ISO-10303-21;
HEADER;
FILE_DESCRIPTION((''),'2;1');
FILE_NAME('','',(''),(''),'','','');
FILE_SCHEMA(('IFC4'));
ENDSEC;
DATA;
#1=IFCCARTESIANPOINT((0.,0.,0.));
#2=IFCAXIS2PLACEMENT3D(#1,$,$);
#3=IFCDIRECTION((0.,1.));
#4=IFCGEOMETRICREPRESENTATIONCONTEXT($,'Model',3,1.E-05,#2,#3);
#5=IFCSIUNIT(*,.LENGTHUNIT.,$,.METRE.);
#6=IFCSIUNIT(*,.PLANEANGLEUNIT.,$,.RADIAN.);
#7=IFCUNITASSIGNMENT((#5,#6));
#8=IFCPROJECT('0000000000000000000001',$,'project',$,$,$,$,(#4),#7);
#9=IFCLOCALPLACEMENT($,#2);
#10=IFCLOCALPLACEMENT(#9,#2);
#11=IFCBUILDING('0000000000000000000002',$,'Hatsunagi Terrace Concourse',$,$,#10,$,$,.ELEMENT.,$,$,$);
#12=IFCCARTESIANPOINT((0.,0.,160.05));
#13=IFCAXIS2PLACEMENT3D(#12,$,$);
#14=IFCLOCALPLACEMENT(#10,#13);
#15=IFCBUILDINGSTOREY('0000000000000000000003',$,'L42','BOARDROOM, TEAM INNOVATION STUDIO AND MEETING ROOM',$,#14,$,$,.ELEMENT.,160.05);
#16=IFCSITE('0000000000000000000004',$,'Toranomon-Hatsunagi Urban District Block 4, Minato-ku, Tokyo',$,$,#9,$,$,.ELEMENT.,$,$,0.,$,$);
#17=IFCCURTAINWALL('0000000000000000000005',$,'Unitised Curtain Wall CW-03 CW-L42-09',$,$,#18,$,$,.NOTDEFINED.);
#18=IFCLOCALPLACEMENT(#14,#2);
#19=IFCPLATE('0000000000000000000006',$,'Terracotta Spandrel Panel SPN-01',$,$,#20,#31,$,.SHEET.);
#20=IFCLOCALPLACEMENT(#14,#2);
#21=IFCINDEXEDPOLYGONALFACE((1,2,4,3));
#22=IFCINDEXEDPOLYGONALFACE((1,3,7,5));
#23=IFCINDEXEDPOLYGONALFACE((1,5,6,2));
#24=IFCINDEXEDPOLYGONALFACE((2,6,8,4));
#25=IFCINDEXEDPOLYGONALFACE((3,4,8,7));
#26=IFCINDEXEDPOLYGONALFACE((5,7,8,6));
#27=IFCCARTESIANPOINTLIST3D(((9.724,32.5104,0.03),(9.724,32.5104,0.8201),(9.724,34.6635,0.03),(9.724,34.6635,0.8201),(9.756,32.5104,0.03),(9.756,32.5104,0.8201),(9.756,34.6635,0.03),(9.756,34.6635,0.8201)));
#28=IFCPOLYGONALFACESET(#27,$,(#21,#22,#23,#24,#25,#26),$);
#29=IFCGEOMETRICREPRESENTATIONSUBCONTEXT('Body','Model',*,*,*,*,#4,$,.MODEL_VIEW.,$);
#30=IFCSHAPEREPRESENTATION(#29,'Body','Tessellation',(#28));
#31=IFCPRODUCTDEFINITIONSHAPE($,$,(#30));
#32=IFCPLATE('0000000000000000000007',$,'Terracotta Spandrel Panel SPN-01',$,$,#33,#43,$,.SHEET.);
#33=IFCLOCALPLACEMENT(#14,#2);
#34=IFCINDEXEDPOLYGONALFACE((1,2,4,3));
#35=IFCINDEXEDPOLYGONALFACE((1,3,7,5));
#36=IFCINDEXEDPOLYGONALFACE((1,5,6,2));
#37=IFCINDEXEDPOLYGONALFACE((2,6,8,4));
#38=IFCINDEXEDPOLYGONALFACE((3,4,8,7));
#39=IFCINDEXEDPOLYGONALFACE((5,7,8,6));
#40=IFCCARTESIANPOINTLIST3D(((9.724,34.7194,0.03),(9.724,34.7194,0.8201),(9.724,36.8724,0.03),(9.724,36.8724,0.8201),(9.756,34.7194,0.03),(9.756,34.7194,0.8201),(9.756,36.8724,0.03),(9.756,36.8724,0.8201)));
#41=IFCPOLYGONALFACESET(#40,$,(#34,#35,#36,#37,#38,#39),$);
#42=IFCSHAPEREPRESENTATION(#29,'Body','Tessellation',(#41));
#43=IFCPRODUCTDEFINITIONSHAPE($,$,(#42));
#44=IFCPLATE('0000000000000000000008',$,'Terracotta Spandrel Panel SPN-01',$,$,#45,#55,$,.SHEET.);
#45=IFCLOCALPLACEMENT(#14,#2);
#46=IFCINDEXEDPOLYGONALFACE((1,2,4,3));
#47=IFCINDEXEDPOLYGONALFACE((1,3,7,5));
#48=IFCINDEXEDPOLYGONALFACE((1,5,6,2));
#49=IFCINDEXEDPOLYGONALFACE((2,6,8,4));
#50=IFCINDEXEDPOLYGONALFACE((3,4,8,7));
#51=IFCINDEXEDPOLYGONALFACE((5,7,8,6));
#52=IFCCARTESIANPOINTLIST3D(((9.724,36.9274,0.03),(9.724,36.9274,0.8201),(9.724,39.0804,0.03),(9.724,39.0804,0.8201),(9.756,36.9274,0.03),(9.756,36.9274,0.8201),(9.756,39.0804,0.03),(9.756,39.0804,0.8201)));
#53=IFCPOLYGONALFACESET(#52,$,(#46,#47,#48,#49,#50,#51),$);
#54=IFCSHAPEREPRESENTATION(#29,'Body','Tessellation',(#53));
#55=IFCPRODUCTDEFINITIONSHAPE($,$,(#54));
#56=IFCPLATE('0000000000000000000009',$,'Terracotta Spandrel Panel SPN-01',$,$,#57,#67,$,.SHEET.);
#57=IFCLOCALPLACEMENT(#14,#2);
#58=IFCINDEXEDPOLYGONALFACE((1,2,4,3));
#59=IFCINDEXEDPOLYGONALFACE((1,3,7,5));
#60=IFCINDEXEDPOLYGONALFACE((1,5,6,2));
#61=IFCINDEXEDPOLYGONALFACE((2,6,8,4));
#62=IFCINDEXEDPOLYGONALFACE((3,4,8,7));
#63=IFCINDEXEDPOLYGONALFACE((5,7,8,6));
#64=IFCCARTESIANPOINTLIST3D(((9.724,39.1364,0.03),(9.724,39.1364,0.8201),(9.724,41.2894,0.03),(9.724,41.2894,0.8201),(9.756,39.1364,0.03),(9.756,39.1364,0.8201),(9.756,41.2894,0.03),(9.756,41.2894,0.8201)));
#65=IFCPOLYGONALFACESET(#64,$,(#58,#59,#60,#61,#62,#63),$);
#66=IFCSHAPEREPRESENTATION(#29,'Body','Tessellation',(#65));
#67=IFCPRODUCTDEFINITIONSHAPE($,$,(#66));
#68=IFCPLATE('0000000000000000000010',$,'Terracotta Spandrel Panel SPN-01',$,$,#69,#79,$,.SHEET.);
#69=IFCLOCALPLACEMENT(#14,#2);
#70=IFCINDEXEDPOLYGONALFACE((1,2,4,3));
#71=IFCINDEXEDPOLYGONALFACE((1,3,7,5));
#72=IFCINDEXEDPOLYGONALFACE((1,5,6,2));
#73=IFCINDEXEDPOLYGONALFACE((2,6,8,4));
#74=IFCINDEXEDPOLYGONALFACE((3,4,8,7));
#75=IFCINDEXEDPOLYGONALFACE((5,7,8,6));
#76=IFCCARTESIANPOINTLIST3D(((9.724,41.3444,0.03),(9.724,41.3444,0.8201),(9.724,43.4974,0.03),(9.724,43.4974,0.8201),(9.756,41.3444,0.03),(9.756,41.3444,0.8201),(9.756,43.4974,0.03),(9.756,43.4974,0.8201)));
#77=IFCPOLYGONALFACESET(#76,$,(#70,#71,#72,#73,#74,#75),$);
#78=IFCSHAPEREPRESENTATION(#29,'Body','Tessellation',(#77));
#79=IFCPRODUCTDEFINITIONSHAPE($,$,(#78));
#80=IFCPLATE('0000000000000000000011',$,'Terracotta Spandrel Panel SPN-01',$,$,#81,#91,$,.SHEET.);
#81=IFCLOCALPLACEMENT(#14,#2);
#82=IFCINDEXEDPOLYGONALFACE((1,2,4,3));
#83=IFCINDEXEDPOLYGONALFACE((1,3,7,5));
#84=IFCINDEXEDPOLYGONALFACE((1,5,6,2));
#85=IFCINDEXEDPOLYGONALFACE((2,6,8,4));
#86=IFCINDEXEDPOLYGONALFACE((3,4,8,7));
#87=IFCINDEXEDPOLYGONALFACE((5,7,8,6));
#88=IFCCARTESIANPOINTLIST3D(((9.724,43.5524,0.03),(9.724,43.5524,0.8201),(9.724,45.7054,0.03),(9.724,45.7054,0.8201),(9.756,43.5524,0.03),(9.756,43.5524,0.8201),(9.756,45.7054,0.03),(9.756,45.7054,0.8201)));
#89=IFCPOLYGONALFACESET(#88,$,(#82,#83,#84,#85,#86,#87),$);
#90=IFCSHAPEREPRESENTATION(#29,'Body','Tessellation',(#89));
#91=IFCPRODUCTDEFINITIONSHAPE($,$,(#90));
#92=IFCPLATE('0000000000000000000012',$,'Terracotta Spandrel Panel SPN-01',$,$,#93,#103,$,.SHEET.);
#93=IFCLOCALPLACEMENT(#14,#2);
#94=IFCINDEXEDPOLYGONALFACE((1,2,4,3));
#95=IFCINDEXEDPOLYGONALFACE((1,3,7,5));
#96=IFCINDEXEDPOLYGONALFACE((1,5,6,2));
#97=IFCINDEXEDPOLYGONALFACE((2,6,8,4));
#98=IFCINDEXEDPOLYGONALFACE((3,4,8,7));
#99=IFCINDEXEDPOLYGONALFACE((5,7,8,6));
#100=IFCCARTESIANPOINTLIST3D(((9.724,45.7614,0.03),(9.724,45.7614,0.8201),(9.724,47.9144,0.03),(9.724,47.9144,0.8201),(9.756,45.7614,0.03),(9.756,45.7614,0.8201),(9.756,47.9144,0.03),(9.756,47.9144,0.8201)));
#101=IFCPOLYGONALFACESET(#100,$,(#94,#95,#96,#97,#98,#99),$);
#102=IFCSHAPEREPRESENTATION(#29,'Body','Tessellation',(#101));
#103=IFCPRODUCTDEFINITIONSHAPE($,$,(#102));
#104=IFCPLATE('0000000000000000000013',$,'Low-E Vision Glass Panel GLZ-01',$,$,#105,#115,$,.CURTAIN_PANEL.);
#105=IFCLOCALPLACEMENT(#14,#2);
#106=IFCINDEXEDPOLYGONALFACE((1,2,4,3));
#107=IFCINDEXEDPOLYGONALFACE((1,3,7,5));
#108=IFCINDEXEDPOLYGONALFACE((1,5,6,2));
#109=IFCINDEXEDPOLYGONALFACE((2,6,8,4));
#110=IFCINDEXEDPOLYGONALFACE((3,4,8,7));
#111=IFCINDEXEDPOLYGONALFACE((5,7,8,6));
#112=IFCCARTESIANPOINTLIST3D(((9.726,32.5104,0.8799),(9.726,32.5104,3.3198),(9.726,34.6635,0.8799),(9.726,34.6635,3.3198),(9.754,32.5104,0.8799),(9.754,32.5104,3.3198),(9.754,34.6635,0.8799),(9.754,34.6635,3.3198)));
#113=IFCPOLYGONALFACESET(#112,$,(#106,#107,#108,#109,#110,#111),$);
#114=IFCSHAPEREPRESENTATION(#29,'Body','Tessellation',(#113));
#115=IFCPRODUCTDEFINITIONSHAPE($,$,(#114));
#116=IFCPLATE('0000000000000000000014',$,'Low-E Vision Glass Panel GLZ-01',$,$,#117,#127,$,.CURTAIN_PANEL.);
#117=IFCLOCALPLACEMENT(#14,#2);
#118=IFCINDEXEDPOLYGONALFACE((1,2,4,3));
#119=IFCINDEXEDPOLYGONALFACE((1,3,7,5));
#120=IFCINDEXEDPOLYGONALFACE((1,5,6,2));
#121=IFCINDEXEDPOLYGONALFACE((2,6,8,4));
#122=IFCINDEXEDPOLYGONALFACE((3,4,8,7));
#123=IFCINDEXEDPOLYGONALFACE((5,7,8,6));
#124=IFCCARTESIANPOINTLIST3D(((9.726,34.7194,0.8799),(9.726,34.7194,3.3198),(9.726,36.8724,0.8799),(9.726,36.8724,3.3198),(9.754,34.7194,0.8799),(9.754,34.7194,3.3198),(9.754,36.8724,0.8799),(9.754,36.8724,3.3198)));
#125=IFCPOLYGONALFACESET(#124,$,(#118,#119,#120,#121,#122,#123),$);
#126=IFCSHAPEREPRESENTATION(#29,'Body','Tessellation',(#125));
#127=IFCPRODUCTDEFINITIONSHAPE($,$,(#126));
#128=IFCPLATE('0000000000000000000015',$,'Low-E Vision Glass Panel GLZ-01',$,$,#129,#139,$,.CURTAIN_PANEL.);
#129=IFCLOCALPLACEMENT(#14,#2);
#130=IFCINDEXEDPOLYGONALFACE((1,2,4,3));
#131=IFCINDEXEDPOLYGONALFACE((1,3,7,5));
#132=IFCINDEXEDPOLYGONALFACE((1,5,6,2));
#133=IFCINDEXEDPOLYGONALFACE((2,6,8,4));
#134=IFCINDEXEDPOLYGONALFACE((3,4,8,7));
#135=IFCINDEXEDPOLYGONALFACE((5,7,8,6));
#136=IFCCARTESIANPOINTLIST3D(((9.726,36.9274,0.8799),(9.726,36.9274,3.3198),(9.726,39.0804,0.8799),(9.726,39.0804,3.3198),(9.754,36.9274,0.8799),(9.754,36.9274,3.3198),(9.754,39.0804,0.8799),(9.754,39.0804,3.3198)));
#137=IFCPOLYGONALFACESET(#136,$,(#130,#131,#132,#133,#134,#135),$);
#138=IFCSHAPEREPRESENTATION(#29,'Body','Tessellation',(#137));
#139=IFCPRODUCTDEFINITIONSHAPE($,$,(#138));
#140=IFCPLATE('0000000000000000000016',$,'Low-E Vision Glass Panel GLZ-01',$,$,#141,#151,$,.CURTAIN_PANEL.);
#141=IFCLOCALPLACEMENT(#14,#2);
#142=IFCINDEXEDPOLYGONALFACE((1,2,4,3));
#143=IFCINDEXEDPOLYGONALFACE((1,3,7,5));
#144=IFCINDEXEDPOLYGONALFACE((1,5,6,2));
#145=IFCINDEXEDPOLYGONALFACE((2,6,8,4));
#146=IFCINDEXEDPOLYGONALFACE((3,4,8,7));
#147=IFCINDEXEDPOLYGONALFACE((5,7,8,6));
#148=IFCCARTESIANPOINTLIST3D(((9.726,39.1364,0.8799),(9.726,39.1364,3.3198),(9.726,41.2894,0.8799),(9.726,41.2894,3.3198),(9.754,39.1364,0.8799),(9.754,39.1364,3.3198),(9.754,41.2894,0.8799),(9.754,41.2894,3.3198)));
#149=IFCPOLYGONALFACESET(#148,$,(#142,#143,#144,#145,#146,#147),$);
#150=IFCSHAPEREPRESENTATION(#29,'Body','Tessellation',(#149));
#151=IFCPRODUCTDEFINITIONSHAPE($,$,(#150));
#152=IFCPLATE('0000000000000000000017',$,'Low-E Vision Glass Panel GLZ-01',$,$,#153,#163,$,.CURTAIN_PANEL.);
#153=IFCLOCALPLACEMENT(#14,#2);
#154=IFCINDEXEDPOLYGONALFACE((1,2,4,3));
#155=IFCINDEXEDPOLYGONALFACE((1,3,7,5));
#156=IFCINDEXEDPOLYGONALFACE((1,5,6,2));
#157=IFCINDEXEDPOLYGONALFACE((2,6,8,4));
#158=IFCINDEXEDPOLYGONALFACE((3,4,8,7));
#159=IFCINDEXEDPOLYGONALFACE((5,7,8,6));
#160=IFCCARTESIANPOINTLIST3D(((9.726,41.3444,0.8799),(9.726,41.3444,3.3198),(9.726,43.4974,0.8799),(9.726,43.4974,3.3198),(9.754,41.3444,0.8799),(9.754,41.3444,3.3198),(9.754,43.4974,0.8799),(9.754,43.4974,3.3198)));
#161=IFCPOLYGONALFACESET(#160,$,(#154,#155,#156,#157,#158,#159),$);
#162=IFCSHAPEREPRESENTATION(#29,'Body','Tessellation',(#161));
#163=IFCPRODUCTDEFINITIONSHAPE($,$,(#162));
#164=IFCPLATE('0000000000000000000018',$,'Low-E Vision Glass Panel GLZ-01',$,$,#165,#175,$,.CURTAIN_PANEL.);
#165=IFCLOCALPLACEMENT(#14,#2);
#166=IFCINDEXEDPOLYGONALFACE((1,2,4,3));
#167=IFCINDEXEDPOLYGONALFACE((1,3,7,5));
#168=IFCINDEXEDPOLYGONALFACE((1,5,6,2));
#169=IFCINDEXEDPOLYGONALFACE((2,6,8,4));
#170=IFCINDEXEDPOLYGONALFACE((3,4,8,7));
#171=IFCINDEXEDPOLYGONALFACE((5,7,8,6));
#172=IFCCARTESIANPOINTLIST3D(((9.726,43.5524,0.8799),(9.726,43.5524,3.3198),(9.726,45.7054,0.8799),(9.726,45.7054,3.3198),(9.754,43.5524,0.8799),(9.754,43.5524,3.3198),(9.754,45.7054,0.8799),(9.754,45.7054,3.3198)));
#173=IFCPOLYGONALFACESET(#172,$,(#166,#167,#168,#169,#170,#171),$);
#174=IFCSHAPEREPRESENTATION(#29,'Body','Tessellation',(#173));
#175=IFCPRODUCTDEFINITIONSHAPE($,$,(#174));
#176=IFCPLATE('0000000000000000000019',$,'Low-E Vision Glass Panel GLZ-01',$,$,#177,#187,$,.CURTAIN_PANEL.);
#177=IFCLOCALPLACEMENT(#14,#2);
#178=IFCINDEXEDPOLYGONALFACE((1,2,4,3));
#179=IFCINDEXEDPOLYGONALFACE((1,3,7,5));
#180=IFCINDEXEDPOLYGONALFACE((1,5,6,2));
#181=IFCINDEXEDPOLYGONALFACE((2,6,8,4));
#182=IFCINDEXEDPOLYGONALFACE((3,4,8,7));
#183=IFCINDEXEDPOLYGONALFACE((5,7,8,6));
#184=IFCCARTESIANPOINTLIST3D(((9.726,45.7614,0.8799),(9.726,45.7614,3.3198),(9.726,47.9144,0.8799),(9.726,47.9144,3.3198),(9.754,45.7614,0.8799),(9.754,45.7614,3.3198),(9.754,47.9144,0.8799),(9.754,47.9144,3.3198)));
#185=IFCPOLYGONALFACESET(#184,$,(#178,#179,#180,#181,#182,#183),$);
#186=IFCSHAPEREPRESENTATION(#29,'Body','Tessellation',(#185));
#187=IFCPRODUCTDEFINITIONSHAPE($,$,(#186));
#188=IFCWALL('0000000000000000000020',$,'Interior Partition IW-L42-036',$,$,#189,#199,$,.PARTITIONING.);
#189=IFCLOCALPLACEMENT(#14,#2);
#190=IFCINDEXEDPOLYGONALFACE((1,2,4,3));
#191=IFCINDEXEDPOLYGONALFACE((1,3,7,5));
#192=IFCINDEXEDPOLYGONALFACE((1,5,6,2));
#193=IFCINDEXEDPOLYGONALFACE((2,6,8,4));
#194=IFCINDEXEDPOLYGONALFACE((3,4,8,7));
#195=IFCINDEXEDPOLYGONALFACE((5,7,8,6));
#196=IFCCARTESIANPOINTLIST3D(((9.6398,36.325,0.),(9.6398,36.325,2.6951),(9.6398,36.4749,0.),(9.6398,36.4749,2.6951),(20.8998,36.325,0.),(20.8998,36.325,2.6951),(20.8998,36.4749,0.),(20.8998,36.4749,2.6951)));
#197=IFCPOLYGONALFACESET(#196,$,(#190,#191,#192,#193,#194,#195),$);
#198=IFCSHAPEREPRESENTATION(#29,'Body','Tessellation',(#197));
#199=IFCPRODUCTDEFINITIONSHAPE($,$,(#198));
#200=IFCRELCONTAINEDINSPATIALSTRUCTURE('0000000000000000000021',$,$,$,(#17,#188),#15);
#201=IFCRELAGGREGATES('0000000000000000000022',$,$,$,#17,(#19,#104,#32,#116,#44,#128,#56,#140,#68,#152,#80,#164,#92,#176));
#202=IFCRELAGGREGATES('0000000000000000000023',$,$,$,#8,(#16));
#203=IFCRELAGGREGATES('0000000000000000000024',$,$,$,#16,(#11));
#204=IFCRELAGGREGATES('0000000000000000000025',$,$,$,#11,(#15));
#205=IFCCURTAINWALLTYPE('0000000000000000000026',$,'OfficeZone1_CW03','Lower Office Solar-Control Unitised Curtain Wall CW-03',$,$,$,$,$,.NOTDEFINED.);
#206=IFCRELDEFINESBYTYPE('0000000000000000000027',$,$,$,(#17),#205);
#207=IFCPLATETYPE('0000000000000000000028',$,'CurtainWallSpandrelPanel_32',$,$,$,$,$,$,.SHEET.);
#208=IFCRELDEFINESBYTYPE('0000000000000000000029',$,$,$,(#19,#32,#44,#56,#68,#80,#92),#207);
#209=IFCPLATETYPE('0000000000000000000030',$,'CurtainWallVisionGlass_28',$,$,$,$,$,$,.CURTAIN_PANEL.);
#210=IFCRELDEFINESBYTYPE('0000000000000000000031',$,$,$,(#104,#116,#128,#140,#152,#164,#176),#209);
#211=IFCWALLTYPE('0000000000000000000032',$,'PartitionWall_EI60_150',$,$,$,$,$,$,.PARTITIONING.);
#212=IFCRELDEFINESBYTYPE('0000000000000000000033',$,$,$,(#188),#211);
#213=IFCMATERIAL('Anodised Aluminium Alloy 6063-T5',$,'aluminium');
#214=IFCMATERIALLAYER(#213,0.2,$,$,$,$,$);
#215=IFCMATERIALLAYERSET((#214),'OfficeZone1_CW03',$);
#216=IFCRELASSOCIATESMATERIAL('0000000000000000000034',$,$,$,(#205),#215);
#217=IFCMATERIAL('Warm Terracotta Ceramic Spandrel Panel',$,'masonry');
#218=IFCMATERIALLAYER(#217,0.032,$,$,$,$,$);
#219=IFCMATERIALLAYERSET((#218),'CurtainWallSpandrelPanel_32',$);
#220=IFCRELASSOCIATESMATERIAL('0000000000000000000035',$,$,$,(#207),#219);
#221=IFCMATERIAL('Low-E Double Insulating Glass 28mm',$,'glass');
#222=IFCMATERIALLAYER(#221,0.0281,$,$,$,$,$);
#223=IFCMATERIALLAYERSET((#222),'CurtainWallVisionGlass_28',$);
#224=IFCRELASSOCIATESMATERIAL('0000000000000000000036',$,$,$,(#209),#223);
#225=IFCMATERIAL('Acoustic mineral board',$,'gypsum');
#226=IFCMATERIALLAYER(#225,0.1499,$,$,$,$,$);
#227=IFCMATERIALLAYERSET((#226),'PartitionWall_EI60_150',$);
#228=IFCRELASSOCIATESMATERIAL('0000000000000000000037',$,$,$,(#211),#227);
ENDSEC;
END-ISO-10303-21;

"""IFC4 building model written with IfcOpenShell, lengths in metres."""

from ifc_helpers import new_model, si_unit, direction, frame, frame_2d, origin, origin_2d, place, context, subcontext, project, spatial, rectangle, extrude, material, layer, layer_set, type_object, element, aggregate, save


model = new_model("IFC4")

# Units and contexts
model_context = context("Model", 3, precision=1e-05, world=origin(), true_north=direction((0.0, 1.0)))
body_context = subcontext(model_context, "Body", "Model", "MODEL_VIEW")
ifc_project = project(units=[si_unit("LENGTHUNIT", "METRE"), si_unit("PLANEANGLEUNIT", "RADIAN")], contexts=[model_context])

# Site, building, storey
site_placement = place(None, origin())
site = spatial("IfcSite", under=ifc_project, at=site_placement, Name="Toranomon-Hatsunagi Urban District Block 4, Minato-ku, Tokyo", CompositionType="ELEMENT", RefElevation=0.0)
building_placement = place(site_placement, origin())
building = spatial("IfcBuilding", under=site, at=building_placement, Name="Hatsunagi Terrace Concourse", CompositionType="ELEMENT")
storey_placement = place(building_placement, frame((0.0, 0.0, 160.05)))
storey = spatial("IfcBuildingStorey", under=building, at=storey_placement, Name="L42", Description="BOARDROOM, TEAM INNOVATION STUDIO AND MEETING ROOM", CompositionType="ELEMENT", Elevation=160.05)

# Curtain wall
ifc_material_1 = material(Name="Anodised Aluminium Alloy 6063-T5", Category="aluminium")
ifc_layer_1 = layer(ifc_material_1, 0.2)
ifc_layer_set_1 = layer_set([ifc_layer_1], Name="OfficeZone1_CW03")
curtain_wall_type = type_object("IfcCurtainWallType", Name="OfficeZone1_CW03", Description="Lower Office Solar-Control Unitised Curtain Wall CW-03", PredefinedType="NOTDEFINED", material=ifc_layer_set_1)
curtain_wall_placement = place(storey_placement, origin())
curtain_wall = element("IfcCurtainWall", 1, at=curtain_wall_placement, inside=storey, type_object=curtain_wall_type, Name="Unitised Curtain Wall CW-03 CW-L42-09", PredefinedType="NOTDEFINED")

# Plates
ifc_material_2 = material(Name="Warm Terracotta Ceramic Spandrel Panel", Category="masonry")
ifc_layer_2 = layer(ifc_material_2, 0.032)
ifc_layer_set_2 = layer_set([ifc_layer_2], Name="CurtainWallSpandrelPanel_32")
plate_type_1 = type_object("IfcPlateType", Name="CurtainWallSpandrelPanel_32", PredefinedType="SHEET", material=ifc_layer_set_2)
plate_1_placement = place(storey_placement, frame((9.74, 33.5869, 0.03), z_axis=(0.0, 0.0, 1.0), x_axis=(0.0, 1.0, 0.0)))
plate_1 = element("IfcPlate", 2, at=plate_1_placement, type_object=plate_type_1, Name="Terracotta Spandrel Panel SPN-01", PredefinedType="SHEET", context=body_context, shape_type="SweptSolid", body=[
    extrude(rectangle(XDim=2.1531, YDim=0.032, at=origin_2d()), origin(), (0.0, 0.0, 1.0), 0.79),
])
plate_2_placement = place(storey_placement, frame((9.74, 35.7959, 0.03), z_axis=(0.0, 0.0, 1.0), x_axis=(0.0, 1.0, 0.0)))
plate_2 = element("IfcPlate", 3, at=plate_2_placement, type_object=plate_type_1, Name="Terracotta Spandrel Panel SPN-01", PredefinedType="SHEET", context=body_context, shape_type="SweptSolid", body=[
    extrude(rectangle(XDim=2.1531, YDim=0.032, at=origin_2d()), origin(), (0.0, 0.0, 1.0), 0.79),
])
plate_3_placement = place(storey_placement, frame((9.74, 38.0039, 0.03), z_axis=(0.0, 0.0, 1.0), x_axis=(0.0, 1.0, 0.0)))
plate_3 = element("IfcPlate", 4, at=plate_3_placement, type_object=plate_type_1, Name="Terracotta Spandrel Panel SPN-01", PredefinedType="SHEET", context=body_context, shape_type="SweptSolid", body=[
    extrude(rectangle(XDim=2.1531, YDim=0.032, at=origin_2d()), origin(), (0.0, 0.0, 1.0), 0.79),
])
plate_4_placement = place(storey_placement, frame((9.74, 40.2129, 0.03), z_axis=(0.0, 0.0, 1.0), x_axis=(0.0, 1.0, 0.0)))
plate_4 = element("IfcPlate", 5, at=plate_4_placement, type_object=plate_type_1, Name="Terracotta Spandrel Panel SPN-01", PredefinedType="SHEET", context=body_context, shape_type="SweptSolid", body=[
    extrude(rectangle(XDim=2.1531, YDim=0.032, at=origin_2d()), origin(), (0.0, 0.0, 1.0), 0.79),
])
plate_5_placement = place(storey_placement, frame((9.74, 42.4209, 0.03), z_axis=(0.0, 0.0, 1.0), x_axis=(0.0, 1.0, 0.0)))
plate_5 = element("IfcPlate", 6, at=plate_5_placement, type_object=plate_type_1, Name="Terracotta Spandrel Panel SPN-01", PredefinedType="SHEET", context=body_context, shape_type="SweptSolid", body=[
    extrude(rectangle(XDim=2.1531, YDim=0.032, at=origin_2d()), origin(), (0.0, 0.0, 1.0), 0.79),
])
plate_6_placement = place(storey_placement, frame((9.74, 44.6289, 0.03), z_axis=(0.0, 0.0, 1.0), x_axis=(0.0, 1.0, 0.0)))
plate_6 = element("IfcPlate", 7, at=plate_6_placement, type_object=plate_type_1, Name="Terracotta Spandrel Panel SPN-01", PredefinedType="SHEET", context=body_context, shape_type="SweptSolid", body=[
    extrude(rectangle(XDim=2.1531, YDim=0.032, at=origin_2d()), origin(), (0.0, 0.0, 1.0), 0.79),
])
plate_7_placement = place(storey_placement, frame((9.74, 46.8379, 0.03), z_axis=(0.0, 0.0, 1.0), x_axis=(0.0, 1.0, 0.0)))
plate_7 = element("IfcPlate", 8, at=plate_7_placement, type_object=plate_type_1, Name="Terracotta Spandrel Panel SPN-01", PredefinedType="SHEET", context=body_context, shape_type="SweptSolid", body=[
    extrude(rectangle(XDim=2.1531, YDim=0.032, at=origin_2d()), origin(), (0.0, 0.0, 1.0), 0.79),
])
ifc_material_3 = material(Name="Low-E Double Insulating Glass 28mm", Category="glass")
ifc_layer_3 = layer(ifc_material_3, 0.0281)
ifc_layer_set_3 = layer_set([ifc_layer_3], Name="CurtainWallVisionGlass_28")
plate_type_2 = type_object("IfcPlateType", Name="CurtainWallVisionGlass_28", PredefinedType="CURTAIN_PANEL", material=ifc_layer_set_3)
plate_8_placement = place(storey_placement, frame((9.74, 33.5869, 0.8799), z_axis=(0.0, 0.0, 1.0), x_axis=(0.0, 1.0, 0.0)))
plate_8 = element("IfcPlate", 9, at=plate_8_placement, type_object=plate_type_2, Name="Low-E Vision Glass Panel GLZ-01", PredefinedType="CURTAIN_PANEL", context=body_context, shape_type="SweptSolid", body=[
    extrude(rectangle(XDim=2.1531, YDim=0.0281, at=origin_2d()), origin(), (0.0, 0.0, 1.0), 2.4399),
])
plate_9_placement = place(storey_placement, frame((9.74, 35.7959, 0.8799), z_axis=(0.0, 0.0, 1.0), x_axis=(0.0, 1.0, 0.0)))
plate_9 = element("IfcPlate", 10, at=plate_9_placement, type_object=plate_type_2, Name="Low-E Vision Glass Panel GLZ-01", PredefinedType="CURTAIN_PANEL", context=body_context, shape_type="SweptSolid", body=[
    extrude(rectangle(XDim=2.1531, YDim=0.0281, at=origin_2d()), origin(), (0.0, 0.0, 1.0), 2.4399),
])
plate_10_placement = place(storey_placement, frame((9.74, 38.0039, 0.8799), z_axis=(0.0, 0.0, 1.0), x_axis=(0.0, 1.0, 0.0)))
plate_10 = element("IfcPlate", 11, at=plate_10_placement, type_object=plate_type_2, Name="Low-E Vision Glass Panel GLZ-01", PredefinedType="CURTAIN_PANEL", context=body_context, shape_type="SweptSolid", body=[
    extrude(rectangle(XDim=2.1531, YDim=0.0281, at=origin_2d()), origin(), (0.0, 0.0, 1.0), 2.4399),
])
plate_11_placement = place(storey_placement, frame((9.74, 40.2129, 0.8799), z_axis=(0.0, 0.0, 1.0), x_axis=(0.0, 1.0, 0.0)))
plate_11 = element("IfcPlate", 12, at=plate_11_placement, type_object=plate_type_2, Name="Low-E Vision Glass Panel GLZ-01", PredefinedType="CURTAIN_PANEL", context=body_context, shape_type="SweptSolid", body=[
    extrude(rectangle(XDim=2.1531, YDim=0.0281, at=origin_2d()), origin(), (0.0, 0.0, 1.0), 2.4399),
])
plate_12_placement = place(storey_placement, frame((9.74, 42.4209, 0.8799), z_axis=(0.0, 0.0, 1.0), x_axis=(0.0, 1.0, 0.0)))
plate_12 = element("IfcPlate", 13, at=plate_12_placement, type_object=plate_type_2, Name="Low-E Vision Glass Panel GLZ-01", PredefinedType="CURTAIN_PANEL", context=body_context, shape_type="SweptSolid", body=[
    extrude(rectangle(XDim=2.1531, YDim=0.0281, at=origin_2d()), origin(), (0.0, 0.0, 1.0), 2.4399),
])
plate_13_placement = place(storey_placement, frame((9.74, 44.6289, 0.8799), z_axis=(0.0, 0.0, 1.0), x_axis=(0.0, 1.0, 0.0)))
plate_13 = element("IfcPlate", 14, at=plate_13_placement, type_object=plate_type_2, Name="Low-E Vision Glass Panel GLZ-01", PredefinedType="CURTAIN_PANEL", context=body_context, shape_type="SweptSolid", body=[
    extrude(rectangle(XDim=2.1531, YDim=0.0281, at=origin_2d()), origin(), (0.0, 0.0, 1.0), 2.4399),
])
plate_14_placement = place(storey_placement, frame((9.74, 46.8379, 0.8799), z_axis=(0.0, 0.0, 1.0), x_axis=(0.0, 1.0, 0.0)))
plate_14 = element("IfcPlate", 15, at=plate_14_placement, type_object=plate_type_2, Name="Low-E Vision Glass Panel GLZ-01", PredefinedType="CURTAIN_PANEL", context=body_context, shape_type="SweptSolid", body=[
    extrude(rectangle(XDim=2.1531, YDim=0.0281, at=origin_2d()), origin(), (0.0, 0.0, 1.0), 2.4399),
])
aggregate(curtain_wall, [plate_1, plate_8, plate_2, plate_9, plate_3, plate_10, plate_4, plate_11, plate_5, plate_12, plate_6, plate_13, plate_7, plate_14])

# Wall
ifc_material_4 = material(Name="Acoustic mineral board", Category="gypsum")
ifc_layer_4 = layer(ifc_material_4, 0.1499)
ifc_layer_set_4 = layer_set([ifc_layer_4], Name="PartitionWall_EI60_150")
wall_type_1 = type_object("IfcWallType", Name="PartitionWall_EI60_150", PredefinedType="PARTITIONING", material=ifc_layer_set_4)
wall_1_placement = place(storey_placement, frame((9.6399, 36.3999, 0.0), z_axis=(0.0, 0.0, 1.0), x_axis=(1.0, 0.0, 0.0)))
element("IfcWall", 16, at=wall_1_placement, inside=storey, type_object=wall_type_1, Name="Interior Partition IW-L42-036", PredefinedType="PARTITIONING", context=body_context, shape_type="SweptSolid", body=[
    extrude(rectangle(XDim=11.26, YDim=0.1499, at=frame_2d((5.6299, 0.0))), origin(), (0.0, 0.0, 1.0), 2.6951),
])

save(model, "model.ifc")
